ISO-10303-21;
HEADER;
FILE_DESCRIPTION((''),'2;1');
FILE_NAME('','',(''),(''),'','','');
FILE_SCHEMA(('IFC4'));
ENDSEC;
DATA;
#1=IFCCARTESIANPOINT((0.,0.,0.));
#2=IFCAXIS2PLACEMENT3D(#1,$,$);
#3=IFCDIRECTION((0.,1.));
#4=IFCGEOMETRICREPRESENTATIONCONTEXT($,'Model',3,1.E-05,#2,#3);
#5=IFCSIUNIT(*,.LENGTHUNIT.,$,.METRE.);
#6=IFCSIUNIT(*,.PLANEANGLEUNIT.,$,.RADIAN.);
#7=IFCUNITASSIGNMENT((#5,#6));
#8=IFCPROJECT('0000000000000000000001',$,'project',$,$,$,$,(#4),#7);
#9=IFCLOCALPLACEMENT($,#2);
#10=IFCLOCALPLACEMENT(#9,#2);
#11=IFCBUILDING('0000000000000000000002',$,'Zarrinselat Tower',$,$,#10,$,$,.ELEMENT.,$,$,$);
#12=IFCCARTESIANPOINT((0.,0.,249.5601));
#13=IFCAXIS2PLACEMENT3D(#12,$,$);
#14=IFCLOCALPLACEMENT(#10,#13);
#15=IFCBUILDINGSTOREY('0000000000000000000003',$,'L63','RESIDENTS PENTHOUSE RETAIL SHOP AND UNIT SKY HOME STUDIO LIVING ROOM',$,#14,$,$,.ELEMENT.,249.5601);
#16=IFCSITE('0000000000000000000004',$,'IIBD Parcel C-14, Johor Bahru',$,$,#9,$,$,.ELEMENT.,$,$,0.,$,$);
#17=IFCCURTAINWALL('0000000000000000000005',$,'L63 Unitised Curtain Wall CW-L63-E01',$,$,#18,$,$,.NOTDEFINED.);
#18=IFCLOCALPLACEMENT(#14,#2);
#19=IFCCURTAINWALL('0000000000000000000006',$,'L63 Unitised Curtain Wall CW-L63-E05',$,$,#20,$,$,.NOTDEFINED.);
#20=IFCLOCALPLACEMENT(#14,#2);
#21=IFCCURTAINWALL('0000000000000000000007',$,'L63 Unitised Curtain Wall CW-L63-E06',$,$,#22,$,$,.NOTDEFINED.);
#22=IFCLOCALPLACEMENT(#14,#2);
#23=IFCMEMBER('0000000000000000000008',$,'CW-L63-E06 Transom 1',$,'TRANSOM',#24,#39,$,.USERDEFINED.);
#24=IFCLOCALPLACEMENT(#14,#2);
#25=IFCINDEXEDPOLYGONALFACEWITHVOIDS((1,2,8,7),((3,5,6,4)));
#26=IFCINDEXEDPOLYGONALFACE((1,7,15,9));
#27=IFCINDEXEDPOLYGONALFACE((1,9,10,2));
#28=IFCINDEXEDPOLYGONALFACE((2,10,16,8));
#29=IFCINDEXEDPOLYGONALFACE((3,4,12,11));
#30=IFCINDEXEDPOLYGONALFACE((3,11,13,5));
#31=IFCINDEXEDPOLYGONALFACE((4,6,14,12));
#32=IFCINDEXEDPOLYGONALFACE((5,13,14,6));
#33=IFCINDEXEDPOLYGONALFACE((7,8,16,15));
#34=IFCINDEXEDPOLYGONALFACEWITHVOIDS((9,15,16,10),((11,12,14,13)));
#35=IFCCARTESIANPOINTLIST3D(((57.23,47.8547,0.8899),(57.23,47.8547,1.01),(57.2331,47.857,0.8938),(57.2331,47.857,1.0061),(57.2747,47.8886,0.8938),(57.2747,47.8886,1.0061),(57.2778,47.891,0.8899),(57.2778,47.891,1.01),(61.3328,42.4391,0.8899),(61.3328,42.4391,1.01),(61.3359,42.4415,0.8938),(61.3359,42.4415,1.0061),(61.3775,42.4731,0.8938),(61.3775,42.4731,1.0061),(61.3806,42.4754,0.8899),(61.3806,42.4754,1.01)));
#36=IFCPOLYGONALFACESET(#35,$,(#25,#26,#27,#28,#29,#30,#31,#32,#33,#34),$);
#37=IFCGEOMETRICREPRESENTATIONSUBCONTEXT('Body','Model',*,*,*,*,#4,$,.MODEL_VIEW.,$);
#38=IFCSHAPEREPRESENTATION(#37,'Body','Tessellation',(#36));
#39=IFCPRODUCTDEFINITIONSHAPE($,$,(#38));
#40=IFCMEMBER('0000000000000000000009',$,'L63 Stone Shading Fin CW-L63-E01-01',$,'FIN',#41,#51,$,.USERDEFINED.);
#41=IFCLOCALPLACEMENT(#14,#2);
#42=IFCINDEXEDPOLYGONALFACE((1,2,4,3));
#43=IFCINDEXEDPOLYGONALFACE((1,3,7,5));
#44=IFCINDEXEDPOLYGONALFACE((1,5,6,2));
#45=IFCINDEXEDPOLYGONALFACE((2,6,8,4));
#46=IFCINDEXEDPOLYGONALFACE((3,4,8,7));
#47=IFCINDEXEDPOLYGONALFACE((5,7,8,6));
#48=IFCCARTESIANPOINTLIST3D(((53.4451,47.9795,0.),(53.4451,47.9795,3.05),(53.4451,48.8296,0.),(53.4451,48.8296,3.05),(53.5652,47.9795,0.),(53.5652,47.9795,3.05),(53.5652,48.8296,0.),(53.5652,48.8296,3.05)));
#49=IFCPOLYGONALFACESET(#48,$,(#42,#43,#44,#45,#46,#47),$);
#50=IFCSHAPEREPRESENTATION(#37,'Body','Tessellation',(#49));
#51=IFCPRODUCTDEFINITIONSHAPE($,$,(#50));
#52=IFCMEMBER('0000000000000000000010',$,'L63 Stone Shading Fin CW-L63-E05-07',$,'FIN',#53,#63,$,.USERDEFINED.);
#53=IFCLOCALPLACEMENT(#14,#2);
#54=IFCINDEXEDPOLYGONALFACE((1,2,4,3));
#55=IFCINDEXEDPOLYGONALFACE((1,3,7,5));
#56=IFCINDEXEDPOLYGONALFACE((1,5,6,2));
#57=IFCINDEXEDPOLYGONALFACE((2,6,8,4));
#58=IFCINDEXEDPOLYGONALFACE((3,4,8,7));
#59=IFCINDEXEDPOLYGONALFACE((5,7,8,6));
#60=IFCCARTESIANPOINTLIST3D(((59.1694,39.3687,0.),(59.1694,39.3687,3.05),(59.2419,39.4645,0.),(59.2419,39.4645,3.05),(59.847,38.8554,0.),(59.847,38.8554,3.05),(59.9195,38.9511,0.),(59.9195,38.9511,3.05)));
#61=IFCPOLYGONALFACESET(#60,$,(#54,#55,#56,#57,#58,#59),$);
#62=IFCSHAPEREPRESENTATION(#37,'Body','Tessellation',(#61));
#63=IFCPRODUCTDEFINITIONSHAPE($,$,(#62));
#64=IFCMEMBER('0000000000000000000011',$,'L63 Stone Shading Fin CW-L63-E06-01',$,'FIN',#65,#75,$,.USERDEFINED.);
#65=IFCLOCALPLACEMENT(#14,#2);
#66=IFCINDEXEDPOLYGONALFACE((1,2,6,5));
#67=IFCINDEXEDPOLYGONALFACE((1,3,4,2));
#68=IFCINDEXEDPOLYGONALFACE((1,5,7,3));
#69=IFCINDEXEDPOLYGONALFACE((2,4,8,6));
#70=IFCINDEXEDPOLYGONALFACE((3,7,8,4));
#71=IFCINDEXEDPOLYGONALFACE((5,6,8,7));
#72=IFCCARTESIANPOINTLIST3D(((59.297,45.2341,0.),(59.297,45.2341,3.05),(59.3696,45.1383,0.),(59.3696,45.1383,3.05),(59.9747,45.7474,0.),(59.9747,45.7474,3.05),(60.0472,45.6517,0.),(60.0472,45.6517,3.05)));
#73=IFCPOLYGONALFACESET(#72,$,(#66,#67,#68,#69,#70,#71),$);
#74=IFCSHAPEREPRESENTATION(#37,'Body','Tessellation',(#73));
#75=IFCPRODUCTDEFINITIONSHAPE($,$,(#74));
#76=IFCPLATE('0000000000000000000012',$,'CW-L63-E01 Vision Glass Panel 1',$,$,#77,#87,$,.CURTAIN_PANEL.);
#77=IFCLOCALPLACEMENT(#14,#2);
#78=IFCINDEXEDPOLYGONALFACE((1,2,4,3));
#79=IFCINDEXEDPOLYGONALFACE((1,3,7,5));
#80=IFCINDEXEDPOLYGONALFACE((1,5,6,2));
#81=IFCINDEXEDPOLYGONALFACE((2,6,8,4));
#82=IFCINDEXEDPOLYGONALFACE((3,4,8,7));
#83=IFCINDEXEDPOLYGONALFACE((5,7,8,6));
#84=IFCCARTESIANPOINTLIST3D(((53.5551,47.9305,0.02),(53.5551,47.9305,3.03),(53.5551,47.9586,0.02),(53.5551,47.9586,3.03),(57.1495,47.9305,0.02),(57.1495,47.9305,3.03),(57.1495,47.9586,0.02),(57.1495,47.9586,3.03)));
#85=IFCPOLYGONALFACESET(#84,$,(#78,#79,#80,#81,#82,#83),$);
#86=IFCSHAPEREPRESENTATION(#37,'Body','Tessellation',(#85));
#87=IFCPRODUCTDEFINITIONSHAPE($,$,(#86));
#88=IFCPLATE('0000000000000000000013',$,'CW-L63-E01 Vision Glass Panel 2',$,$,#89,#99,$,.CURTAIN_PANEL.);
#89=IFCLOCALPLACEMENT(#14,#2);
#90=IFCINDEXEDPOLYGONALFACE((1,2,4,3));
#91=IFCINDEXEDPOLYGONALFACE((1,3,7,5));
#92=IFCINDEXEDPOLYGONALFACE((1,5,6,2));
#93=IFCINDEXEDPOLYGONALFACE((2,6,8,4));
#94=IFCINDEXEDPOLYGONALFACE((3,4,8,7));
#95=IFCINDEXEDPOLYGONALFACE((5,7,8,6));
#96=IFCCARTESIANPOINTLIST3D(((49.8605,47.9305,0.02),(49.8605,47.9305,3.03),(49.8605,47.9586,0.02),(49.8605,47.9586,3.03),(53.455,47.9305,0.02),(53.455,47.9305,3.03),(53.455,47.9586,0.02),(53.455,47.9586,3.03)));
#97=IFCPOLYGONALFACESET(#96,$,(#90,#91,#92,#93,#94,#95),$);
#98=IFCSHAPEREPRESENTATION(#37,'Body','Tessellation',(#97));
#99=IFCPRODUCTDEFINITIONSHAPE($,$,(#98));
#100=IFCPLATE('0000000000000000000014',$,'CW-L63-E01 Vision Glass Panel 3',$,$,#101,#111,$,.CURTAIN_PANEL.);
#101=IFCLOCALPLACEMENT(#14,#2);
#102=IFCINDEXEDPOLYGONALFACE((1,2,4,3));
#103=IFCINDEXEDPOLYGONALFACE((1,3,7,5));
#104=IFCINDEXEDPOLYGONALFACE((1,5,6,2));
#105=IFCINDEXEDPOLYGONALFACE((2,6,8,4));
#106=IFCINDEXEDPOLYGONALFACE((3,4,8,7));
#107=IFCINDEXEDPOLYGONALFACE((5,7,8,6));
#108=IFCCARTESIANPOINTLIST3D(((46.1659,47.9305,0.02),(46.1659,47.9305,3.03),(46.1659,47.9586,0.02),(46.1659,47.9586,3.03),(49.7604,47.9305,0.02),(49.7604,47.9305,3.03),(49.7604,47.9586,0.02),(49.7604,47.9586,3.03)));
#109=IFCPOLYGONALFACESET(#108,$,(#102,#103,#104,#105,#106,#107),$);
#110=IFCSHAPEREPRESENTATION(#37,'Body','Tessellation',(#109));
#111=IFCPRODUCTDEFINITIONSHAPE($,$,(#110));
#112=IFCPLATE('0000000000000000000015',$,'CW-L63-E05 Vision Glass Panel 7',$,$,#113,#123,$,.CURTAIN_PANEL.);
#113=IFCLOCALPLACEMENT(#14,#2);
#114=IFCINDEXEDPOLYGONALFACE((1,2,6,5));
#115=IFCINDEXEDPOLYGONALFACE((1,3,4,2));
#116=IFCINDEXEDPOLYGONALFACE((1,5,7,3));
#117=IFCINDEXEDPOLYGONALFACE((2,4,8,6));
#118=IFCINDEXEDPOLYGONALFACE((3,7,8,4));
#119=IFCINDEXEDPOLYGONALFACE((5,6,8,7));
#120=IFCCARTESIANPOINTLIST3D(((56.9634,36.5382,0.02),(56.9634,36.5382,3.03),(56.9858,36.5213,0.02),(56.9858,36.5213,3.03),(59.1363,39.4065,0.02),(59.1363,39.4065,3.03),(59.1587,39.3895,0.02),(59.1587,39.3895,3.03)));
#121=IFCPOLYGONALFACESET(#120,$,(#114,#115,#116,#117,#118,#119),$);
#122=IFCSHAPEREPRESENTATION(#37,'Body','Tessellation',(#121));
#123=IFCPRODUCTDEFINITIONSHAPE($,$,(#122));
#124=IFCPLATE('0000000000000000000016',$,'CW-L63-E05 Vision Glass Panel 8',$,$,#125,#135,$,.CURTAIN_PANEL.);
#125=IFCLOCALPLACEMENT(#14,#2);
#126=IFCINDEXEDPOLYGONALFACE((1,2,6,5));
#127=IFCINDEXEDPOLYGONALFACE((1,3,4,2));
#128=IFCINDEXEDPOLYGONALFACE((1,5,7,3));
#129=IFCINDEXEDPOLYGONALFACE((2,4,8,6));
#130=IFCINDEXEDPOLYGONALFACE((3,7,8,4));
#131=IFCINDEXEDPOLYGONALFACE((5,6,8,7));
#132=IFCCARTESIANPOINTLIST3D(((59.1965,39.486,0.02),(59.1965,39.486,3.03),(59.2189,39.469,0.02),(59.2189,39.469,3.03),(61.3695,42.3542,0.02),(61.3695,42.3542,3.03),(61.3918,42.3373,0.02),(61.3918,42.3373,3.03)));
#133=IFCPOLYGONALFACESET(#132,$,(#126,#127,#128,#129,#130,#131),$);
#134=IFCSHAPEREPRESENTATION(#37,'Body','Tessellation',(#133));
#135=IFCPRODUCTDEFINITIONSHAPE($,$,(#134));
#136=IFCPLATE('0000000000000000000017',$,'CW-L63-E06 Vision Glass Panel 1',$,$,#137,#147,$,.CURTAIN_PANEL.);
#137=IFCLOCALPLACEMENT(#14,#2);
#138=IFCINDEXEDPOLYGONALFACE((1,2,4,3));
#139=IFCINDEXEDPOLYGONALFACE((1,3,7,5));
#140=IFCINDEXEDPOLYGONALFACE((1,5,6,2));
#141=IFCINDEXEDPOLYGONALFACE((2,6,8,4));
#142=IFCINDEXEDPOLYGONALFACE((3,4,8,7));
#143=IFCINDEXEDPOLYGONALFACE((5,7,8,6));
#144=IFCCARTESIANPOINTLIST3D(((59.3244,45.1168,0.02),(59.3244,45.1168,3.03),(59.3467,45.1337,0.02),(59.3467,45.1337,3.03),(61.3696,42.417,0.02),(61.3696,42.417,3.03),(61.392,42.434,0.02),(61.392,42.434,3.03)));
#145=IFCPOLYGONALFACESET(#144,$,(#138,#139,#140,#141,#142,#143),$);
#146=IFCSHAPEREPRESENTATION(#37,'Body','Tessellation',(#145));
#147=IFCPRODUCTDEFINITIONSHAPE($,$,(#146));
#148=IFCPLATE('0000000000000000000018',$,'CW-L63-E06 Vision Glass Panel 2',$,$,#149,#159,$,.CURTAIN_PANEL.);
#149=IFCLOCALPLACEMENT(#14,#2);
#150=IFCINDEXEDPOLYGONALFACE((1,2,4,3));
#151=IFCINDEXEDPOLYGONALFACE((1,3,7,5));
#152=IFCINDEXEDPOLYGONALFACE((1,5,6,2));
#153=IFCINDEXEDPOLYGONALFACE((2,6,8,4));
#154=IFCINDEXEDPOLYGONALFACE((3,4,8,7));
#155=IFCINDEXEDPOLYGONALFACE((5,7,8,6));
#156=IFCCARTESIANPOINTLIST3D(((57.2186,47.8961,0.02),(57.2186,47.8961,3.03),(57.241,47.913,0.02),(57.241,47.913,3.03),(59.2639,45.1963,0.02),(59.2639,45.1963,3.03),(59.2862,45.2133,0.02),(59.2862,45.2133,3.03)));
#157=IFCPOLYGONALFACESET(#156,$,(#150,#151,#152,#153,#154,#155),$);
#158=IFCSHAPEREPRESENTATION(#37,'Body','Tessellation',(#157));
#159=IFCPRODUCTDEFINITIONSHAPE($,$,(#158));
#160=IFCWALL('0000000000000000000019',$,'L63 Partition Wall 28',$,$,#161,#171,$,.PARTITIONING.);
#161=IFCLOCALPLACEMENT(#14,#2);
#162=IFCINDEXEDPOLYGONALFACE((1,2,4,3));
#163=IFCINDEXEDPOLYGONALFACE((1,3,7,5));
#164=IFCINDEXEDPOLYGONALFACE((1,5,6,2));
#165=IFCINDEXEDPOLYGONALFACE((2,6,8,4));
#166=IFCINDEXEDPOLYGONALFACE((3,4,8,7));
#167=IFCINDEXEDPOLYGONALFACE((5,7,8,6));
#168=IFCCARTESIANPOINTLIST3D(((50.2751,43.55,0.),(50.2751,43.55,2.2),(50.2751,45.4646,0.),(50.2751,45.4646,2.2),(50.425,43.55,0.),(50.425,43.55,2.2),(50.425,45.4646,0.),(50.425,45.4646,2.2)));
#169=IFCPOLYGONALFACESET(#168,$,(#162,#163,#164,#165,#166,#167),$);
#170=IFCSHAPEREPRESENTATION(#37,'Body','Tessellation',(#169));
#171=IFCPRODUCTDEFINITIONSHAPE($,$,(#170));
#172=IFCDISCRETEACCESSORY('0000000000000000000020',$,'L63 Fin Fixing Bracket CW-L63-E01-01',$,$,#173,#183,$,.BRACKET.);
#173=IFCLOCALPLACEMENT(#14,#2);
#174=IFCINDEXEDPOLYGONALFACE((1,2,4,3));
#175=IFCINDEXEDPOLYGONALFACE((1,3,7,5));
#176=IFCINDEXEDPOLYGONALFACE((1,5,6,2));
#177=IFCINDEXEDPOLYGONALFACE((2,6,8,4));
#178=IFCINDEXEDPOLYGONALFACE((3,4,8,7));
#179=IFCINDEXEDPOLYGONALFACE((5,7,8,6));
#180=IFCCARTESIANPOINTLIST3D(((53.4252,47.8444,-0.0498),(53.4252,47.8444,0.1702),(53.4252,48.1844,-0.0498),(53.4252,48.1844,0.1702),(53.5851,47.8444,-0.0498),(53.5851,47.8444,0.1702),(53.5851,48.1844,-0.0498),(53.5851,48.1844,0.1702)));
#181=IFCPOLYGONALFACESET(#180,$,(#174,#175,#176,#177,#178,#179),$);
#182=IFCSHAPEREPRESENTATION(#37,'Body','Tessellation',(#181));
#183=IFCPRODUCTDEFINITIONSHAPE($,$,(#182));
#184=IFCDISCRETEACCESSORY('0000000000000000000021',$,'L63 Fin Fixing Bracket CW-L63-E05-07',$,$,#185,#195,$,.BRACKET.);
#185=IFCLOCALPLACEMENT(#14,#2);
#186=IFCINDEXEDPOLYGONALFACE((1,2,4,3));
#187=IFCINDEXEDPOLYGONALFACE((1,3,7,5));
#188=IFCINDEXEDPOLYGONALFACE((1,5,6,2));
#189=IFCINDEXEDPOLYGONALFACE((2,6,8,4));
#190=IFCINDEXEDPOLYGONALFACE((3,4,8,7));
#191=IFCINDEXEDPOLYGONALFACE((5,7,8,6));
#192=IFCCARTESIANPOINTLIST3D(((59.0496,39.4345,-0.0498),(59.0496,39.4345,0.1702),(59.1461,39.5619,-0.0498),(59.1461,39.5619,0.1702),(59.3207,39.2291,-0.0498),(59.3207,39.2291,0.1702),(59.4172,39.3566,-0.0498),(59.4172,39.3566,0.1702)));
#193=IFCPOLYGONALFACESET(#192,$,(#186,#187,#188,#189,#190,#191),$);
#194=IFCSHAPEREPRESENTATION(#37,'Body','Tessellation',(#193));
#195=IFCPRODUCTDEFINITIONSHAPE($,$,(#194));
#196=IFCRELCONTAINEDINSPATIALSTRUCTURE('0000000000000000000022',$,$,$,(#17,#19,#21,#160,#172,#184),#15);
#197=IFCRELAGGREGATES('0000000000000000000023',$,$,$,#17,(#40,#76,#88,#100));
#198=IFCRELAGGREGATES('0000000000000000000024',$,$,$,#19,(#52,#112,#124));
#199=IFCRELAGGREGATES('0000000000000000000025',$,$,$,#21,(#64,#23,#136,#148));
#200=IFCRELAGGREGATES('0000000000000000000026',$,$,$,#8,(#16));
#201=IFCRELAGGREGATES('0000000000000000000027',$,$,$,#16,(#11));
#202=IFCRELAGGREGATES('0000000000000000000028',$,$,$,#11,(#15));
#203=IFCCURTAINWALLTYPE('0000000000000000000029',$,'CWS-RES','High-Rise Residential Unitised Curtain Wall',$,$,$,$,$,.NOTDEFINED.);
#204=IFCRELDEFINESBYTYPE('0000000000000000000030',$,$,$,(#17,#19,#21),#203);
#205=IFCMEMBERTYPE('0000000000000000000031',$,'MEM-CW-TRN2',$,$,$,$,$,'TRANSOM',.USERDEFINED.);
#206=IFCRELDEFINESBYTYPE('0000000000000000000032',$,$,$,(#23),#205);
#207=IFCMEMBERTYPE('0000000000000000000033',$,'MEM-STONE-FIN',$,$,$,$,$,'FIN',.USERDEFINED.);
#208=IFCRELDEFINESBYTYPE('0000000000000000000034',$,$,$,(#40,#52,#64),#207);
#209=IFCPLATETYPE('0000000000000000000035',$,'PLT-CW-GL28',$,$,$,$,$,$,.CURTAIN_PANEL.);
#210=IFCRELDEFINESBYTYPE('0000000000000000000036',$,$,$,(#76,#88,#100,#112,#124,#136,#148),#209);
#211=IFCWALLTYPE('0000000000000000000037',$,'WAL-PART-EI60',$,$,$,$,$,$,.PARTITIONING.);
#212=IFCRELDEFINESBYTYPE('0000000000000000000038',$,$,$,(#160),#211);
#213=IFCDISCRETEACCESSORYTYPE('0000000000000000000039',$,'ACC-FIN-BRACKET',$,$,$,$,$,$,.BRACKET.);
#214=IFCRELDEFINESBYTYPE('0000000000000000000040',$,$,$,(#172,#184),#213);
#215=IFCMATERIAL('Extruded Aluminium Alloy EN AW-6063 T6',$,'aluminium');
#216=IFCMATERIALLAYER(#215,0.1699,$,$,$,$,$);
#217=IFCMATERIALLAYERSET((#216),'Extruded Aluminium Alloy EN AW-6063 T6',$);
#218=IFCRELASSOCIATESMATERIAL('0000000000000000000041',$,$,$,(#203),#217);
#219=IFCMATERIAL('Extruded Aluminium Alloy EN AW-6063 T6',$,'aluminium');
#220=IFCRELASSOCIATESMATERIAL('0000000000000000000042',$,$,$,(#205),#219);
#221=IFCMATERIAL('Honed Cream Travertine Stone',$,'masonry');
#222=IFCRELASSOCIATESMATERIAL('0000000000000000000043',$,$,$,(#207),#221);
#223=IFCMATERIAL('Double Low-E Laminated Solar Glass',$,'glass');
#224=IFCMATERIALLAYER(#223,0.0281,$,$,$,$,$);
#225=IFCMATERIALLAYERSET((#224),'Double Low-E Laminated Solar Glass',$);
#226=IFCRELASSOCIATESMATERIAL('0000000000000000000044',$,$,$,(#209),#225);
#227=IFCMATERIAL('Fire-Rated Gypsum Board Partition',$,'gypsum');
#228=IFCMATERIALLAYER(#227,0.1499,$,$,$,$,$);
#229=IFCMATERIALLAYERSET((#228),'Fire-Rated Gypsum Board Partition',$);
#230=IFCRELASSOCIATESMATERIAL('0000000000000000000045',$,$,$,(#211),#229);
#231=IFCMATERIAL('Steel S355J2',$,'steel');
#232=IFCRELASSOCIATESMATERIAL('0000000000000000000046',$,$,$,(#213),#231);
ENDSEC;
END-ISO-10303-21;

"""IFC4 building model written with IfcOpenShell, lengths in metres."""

from ifc_helpers import new_model, si_unit, direction, frame, frame_2d, origin, origin_2d, place, context, subcontext, project, spatial, rectangle, hollow_rectangle, extrude, material, layer, layer_set, material_profile, profile_set, type_object, element, aggregate, save


model = new_model("IFC4")

# Units and contexts
model_context = context("Model", 3, precision=1e-05, world=origin(), true_north=direction((0.0, 1.0)))
body_context = subcontext(model_context, "Body", "Model", "MODEL_VIEW")
ifc_project = project(units=[si_unit("LENGTHUNIT", "METRE"), si_unit("PLANEANGLEUNIT", "RADIAN")], contexts=[model_context])

# Site, building, storey
site_placement = place(None, origin())
site = spatial("IfcSite", under=ifc_project, at=site_placement, Name="IIBD Parcel C-14, Johor Bahru", CompositionType="ELEMENT", RefElevation=0.0)
building_placement = place(site_placement, origin())
building = spatial("IfcBuilding", under=site, at=building_placement, Name="Zarrinselat Tower", CompositionType="ELEMENT")
storey_placement = place(building_placement, frame((0.0, 0.0, 249.5601)))
storey = spatial("IfcBuildingStorey", under=building, at=storey_placement, Name="L63", Description="RESIDENTS PENTHOUSE RETAIL SHOP AND UNIT SKY HOME STUDIO LIVING ROOM", CompositionType="ELEMENT", Elevation=249.5601)

# Curtain walls
ifc_material_1 = material(Name="Extruded Aluminium Alloy EN AW-6063 T6", Category="aluminium")
ifc_layer_1 = layer(ifc_material_1, 0.1699)
ifc_layer_set_1 = layer_set([ifc_layer_1], Name="Extruded Aluminium Alloy EN AW-6063 T6")
curtain_wall_type = type_object("IfcCurtainWallType", Name="CWS-RES", Description="High-Rise Residential Unitised Curtain Wall", PredefinedType="NOTDEFINED", material=ifc_layer_set_1)
curtain_wall_1_placement = place(storey_placement, origin())
curtain_wall_1 = element("IfcCurtainWall", 1, at=curtain_wall_1_placement, inside=storey, type_object=curtain_wall_type, Name="L63 Unitised Curtain Wall CW-L63-E01", PredefinedType="NOTDEFINED")
curtain_wall_2_placement = place(storey_placement, origin())
curtain_wall_2 = element("IfcCurtainWall", 2, at=curtain_wall_2_placement, inside=storey, type_object=curtain_wall_type, Name="L63 Unitised Curtain Wall CW-L63-E05", PredefinedType="NOTDEFINED")

# Curtain wall
curtain_wall_3_placement = place(storey_placement, origin())
curtain_wall_3 = element("IfcCurtainWall", 3, at=curtain_wall_3_placement, inside=storey, type_object=curtain_wall_type, Name="L63 Unitised Curtain Wall CW-L63-E06", PredefinedType="NOTDEFINED")

# Members
ifc_material_2 = material(Name="Extruded Aluminium Alloy EN AW-6063 T6", Category="aluminium")
ifc_material_profile_1 = material_profile(ifc_material_2, hollow_rectangle(XDim=0.0601, YDim=0.1201, WallThickness=0.0039, at=origin_2d()), Name="RHS 120x60x4")
ifc_profile_set_1 = profile_set([ifc_material_profile_1], Name="Extruded Aluminium Alloy EN AW-6063 T6")
member_type_1 = type_object("IfcMemberType", Name="MEM-CW-TRN2", ElementType="TRANSOM", PredefinedType="USERDEFINED", material=ifc_profile_set_1)
member_1_placement = place(storey_placement, frame((61.3567, 42.4573, 0.95), z_axis=(-0.603868, 0.797084, 0.0), x_axis=(-0.797084, -0.603868, 0.0)))
member_1 = element("IfcMember", 4, at=member_1_placement, type_object=member_type_1, Name="CW-L63-E06 Transom 1", ObjectType="TRANSOM", PredefinedType="USERDEFINED", context=body_context, shape_type="SweptSolid", body=[
    extrude(hollow_rectangle(XDim=0.0601, YDim=0.1201, WallThickness=0.0039, at=origin_2d()), origin(), (0.0, 0.0, 1.0), 6.7942),
])
ifc_material_3 = material(Name="Honed Cream Travertine Stone", Category="masonry")
ifc_material_profile_2 = material_profile(ifc_material_3, rectangle(XDim=0.1201, YDim=0.8501, at=origin_2d()), Name="FIN 850x120")
ifc_profile_set_2 = profile_set([ifc_material_profile_2], Name="Honed Cream Travertine Stone")
member_type_2 = type_object("IfcMemberType", Name="MEM-STONE-FIN", ElementType="FIN", PredefinedType="USERDEFINED", material=ifc_profile_set_2)
member_2_placement = place(storey_placement, frame((53.5051, 48.4045, 0.0), z_axis=(0.0, 0.0, 1.0), x_axis=(1.0, 0.0, 0.0)))
member_2 = element("IfcMember", 5, at=member_2_placement, type_object=member_type_2, Name="L63 Stone Shading Fin CW-L63-E01-01", ObjectType="FIN", PredefinedType="USERDEFINED", context=body_context, shape_type="SweptSolid", body=[
    extrude(rectangle(XDim=0.1201, YDim=0.8501, at=origin_2d()), origin(), (0.0, 0.0, 1.0), 3.05),
])
member_3_placement = place(storey_placement, frame((59.5444, 39.1599, 0.0), z_axis=(0.0, 0.0, 1.0), x_axis=(-0.603856, -0.797094, 0.0)))
member_3 = element("IfcMember", 6, at=member_3_placement, type_object=member_type_2, Name="L63 Stone Shading Fin CW-L63-E05-07", ObjectType="FIN", PredefinedType="USERDEFINED", context=body_context, shape_type="SweptSolid", body=[
    extrude(rectangle(XDim=0.1201, YDim=0.8501, at=origin_2d()), origin(), (0.0, 0.0, 1.0), 3.05),
])
member_4_placement = place(storey_placement, frame((59.6721, 45.4429, 0.0), z_axis=(0.0, 0.0, 1.0), x_axis=(0.60385, -0.797098, 0.0)))
member_4 = element("IfcMember", 7, at=member_4_placement, type_object=member_type_2, Name="L63 Stone Shading Fin CW-L63-E06-01", ObjectType="FIN", PredefinedType="USERDEFINED", context=body_context, shape_type="SweptSolid", body=[
    extrude(rectangle(XDim=0.1201, YDim=0.8501, at=origin_2d()), origin(), (0.0, 0.0, 1.0), 3.05),
])

# Plates
ifc_material_4 = material(Name="Double Low-E Laminated Solar Glass", Category="glass")
ifc_layer_2 = layer(ifc_material_4, 0.0281)
ifc_layer_set_2 = layer_set([ifc_layer_2], Name="Double Low-E Laminated Solar Glass")
plate_type = type_object("IfcPlateType", Name="PLT-CW-GL28", PredefinedType="CURTAIN_PANEL", material=ifc_layer_set_2)
plate_1_placement = place(storey_placement, frame((55.3523, 47.9446, 0.02), z_axis=(0.0, 0.0, 1.0), x_axis=(-1.0, 0.0, 0.0)))
plate_1 = element("IfcPlate", 8, at=plate_1_placement, type_object=plate_type, Name="CW-L63-E01 Vision Glass Panel 1", PredefinedType="CURTAIN_PANEL", context=body_context, shape_type="SweptSolid", body=[
    extrude(rectangle(XDim=3.5945, YDim=0.0281, at=origin_2d()), origin(), (0.0, 0.0, 1.0), 3.01),
])
plate_2_placement = place(storey_placement, frame((51.6577, 47.9446, 0.02), z_axis=(0.0, 0.0, 1.0), x_axis=(-1.0, 0.0, 0.0)))
plate_2 = element("IfcPlate", 9, at=plate_2_placement, type_object=plate_type, Name="CW-L63-E01 Vision Glass Panel 2", PredefinedType="CURTAIN_PANEL", context=body_context, shape_type="SweptSolid", body=[
    extrude(rectangle(XDim=3.5945, YDim=0.0281, at=origin_2d()), origin(), (0.0, 0.0, 1.0), 3.01),
])
plate_3_placement = place(storey_placement, frame((47.9631, 47.9446, 0.02), z_axis=(0.0, 0.0, 1.0), x_axis=(-1.0, 0.0, 0.0)))
plate_3 = element("IfcPlate", 10, at=plate_3_placement, type_object=plate_type, Name="CW-L63-E01 Vision Glass Panel 3", PredefinedType="CURTAIN_PANEL", context=body_context, shape_type="SweptSolid", body=[
    extrude(rectangle(XDim=3.5945, YDim=0.0281, at=origin_2d()), origin(), (0.0, 0.0, 1.0), 3.01),
])
aggregate(curtain_wall_1, [member_2, plate_1, plate_2, plate_3])
plate_4_placement = place(storey_placement, frame((58.061, 37.9639, 0.02), z_axis=(0.0, 0.0, 1.0), x_axis=(0.603856, 0.797094, 0.0)))
plate_4 = element("IfcPlate", 11, at=plate_4_placement, type_object=plate_type, Name="CW-L63-E05 Vision Glass Panel 7", PredefinedType="CURTAIN_PANEL", context=body_context, shape_type="SweptSolid", body=[
    extrude(rectangle(XDim=3.5984, YDim=0.0281, at=origin_2d()), origin(), (0.0, 0.0, 1.0), 3.01),
])
plate_5_placement = place(storey_placement, frame((60.2942, 40.9116, 0.02), z_axis=(0.0, 0.0, 1.0), x_axis=(0.603856, 0.797094, 0.0)))
plate_5 = element("IfcPlate", 12, at=plate_5_placement, type_object=plate_type, Name="CW-L63-E05 Vision Glass Panel 8", PredefinedType="CURTAIN_PANEL", context=body_context, shape_type="SweptSolid", body=[
    extrude(rectangle(XDim=3.5984, YDim=0.0281, at=origin_2d()), origin(), (0.0, 0.0, 1.0), 3.01),
])
aggregate(curtain_wall_2, [member_3, plate_4, plate_5])
plate_6_placement = place(storey_placement, frame((60.3582, 43.7754, 0.02), z_axis=(0.0, 0.0, 1.0), x_axis=(-0.60385, 0.797098, 0.0)))
plate_6 = element("IfcPlate", 13, at=plate_6_placement, type_object=plate_type, Name="CW-L63-E06 Vision Glass Panel 1", PredefinedType="CURTAIN_PANEL", context=body_context, shape_type="SweptSolid", body=[
    extrude(rectangle(XDim=3.387, YDim=0.0281, at=origin_2d()), origin(), (0.0, 0.0, 1.0), 3.01),
])
plate_7_placement = place(storey_placement, frame((58.2524, 46.5547, 0.02), z_axis=(0.0, 0.0, 1.0), x_axis=(-0.60385, 0.797098, 0.0)))
plate_7 = element("IfcPlate", 14, at=plate_7_placement, type_object=plate_type, Name="CW-L63-E06 Vision Glass Panel 2", PredefinedType="CURTAIN_PANEL", context=body_context, shape_type="SweptSolid", body=[
    extrude(rectangle(XDim=3.387, YDim=0.0281, at=origin_2d()), origin(), (0.0, 0.0, 1.0), 3.01),
])
aggregate(curtain_wall_3, [member_4, member_1, plate_6, plate_7])

# Wall
ifc_material_5 = material(Name="Fire-Rated Gypsum Board Partition", Category="gypsum")
ifc_layer_3 = layer(ifc_material_5, 0.1499)
ifc_layer_set_3 = layer_set([ifc_layer_3], Name="Fire-Rated Gypsum Board Partition")
wall_type = type_object("IfcWallType", Name="WAL-PART-EI60", PredefinedType="PARTITIONING", material=ifc_layer_set_3)
wall_placement = place(storey_placement, frame((50.3501, 43.55, 0.0), z_axis=(0.0, 0.0, 1.0), x_axis=(0.0, 1.0, 0.0)))
element("IfcWall", 15, at=wall_placement, inside=storey, type_object=wall_type, Name="L63 Partition Wall 28", PredefinedType="PARTITIONING", context=body_context, shape_type="SweptSolid", body=[
    extrude(rectangle(XDim=1.9146, YDim=0.1499, at=frame_2d((0.9573, 0.0))), origin(), (0.0, 0.0, 1.0), 2.2),
])

# Discrete accessories
ifc_material_6 = material(Name="Steel S355J2", Category="steel")
discrete_accessory_type = type_object("IfcDiscreteAccessoryType", Name="ACC-FIN-BRACKET", PredefinedType="BRACKET", material=ifc_material_6)
for number, where, z_axis, x_axis, name in (
    (16, (53.5051, 48.0144, -0.0498), (0.0, 0.0, 1.0), (0.0, 1.0, 0.0), "L63 Fin Fixing Bracket CW-L63-E01-01"),
    (17, (59.2334, 39.3955, -0.0498), (0.0, 0.0, 1.0), (0.797094, -0.603856, 0.0), "L63 Fin Fixing Bracket CW-L63-E05-07"),
):
    element("IfcDiscreteAccessory", number, at=place(storey_placement, frame(where, z_axis=z_axis, x_axis=x_axis)), inside=storey, type_object=discrete_accessory_type, Name=name, PredefinedType="BRACKET", context=body_context, shape_type="SweptSolid", body=[
        extrude(rectangle(XDim=0.3401, YDim=0.1599, at=origin_2d()), origin(), (0.0, 0.0, 1.0), 0.22),
    ])

save(model, "model.ifc")
